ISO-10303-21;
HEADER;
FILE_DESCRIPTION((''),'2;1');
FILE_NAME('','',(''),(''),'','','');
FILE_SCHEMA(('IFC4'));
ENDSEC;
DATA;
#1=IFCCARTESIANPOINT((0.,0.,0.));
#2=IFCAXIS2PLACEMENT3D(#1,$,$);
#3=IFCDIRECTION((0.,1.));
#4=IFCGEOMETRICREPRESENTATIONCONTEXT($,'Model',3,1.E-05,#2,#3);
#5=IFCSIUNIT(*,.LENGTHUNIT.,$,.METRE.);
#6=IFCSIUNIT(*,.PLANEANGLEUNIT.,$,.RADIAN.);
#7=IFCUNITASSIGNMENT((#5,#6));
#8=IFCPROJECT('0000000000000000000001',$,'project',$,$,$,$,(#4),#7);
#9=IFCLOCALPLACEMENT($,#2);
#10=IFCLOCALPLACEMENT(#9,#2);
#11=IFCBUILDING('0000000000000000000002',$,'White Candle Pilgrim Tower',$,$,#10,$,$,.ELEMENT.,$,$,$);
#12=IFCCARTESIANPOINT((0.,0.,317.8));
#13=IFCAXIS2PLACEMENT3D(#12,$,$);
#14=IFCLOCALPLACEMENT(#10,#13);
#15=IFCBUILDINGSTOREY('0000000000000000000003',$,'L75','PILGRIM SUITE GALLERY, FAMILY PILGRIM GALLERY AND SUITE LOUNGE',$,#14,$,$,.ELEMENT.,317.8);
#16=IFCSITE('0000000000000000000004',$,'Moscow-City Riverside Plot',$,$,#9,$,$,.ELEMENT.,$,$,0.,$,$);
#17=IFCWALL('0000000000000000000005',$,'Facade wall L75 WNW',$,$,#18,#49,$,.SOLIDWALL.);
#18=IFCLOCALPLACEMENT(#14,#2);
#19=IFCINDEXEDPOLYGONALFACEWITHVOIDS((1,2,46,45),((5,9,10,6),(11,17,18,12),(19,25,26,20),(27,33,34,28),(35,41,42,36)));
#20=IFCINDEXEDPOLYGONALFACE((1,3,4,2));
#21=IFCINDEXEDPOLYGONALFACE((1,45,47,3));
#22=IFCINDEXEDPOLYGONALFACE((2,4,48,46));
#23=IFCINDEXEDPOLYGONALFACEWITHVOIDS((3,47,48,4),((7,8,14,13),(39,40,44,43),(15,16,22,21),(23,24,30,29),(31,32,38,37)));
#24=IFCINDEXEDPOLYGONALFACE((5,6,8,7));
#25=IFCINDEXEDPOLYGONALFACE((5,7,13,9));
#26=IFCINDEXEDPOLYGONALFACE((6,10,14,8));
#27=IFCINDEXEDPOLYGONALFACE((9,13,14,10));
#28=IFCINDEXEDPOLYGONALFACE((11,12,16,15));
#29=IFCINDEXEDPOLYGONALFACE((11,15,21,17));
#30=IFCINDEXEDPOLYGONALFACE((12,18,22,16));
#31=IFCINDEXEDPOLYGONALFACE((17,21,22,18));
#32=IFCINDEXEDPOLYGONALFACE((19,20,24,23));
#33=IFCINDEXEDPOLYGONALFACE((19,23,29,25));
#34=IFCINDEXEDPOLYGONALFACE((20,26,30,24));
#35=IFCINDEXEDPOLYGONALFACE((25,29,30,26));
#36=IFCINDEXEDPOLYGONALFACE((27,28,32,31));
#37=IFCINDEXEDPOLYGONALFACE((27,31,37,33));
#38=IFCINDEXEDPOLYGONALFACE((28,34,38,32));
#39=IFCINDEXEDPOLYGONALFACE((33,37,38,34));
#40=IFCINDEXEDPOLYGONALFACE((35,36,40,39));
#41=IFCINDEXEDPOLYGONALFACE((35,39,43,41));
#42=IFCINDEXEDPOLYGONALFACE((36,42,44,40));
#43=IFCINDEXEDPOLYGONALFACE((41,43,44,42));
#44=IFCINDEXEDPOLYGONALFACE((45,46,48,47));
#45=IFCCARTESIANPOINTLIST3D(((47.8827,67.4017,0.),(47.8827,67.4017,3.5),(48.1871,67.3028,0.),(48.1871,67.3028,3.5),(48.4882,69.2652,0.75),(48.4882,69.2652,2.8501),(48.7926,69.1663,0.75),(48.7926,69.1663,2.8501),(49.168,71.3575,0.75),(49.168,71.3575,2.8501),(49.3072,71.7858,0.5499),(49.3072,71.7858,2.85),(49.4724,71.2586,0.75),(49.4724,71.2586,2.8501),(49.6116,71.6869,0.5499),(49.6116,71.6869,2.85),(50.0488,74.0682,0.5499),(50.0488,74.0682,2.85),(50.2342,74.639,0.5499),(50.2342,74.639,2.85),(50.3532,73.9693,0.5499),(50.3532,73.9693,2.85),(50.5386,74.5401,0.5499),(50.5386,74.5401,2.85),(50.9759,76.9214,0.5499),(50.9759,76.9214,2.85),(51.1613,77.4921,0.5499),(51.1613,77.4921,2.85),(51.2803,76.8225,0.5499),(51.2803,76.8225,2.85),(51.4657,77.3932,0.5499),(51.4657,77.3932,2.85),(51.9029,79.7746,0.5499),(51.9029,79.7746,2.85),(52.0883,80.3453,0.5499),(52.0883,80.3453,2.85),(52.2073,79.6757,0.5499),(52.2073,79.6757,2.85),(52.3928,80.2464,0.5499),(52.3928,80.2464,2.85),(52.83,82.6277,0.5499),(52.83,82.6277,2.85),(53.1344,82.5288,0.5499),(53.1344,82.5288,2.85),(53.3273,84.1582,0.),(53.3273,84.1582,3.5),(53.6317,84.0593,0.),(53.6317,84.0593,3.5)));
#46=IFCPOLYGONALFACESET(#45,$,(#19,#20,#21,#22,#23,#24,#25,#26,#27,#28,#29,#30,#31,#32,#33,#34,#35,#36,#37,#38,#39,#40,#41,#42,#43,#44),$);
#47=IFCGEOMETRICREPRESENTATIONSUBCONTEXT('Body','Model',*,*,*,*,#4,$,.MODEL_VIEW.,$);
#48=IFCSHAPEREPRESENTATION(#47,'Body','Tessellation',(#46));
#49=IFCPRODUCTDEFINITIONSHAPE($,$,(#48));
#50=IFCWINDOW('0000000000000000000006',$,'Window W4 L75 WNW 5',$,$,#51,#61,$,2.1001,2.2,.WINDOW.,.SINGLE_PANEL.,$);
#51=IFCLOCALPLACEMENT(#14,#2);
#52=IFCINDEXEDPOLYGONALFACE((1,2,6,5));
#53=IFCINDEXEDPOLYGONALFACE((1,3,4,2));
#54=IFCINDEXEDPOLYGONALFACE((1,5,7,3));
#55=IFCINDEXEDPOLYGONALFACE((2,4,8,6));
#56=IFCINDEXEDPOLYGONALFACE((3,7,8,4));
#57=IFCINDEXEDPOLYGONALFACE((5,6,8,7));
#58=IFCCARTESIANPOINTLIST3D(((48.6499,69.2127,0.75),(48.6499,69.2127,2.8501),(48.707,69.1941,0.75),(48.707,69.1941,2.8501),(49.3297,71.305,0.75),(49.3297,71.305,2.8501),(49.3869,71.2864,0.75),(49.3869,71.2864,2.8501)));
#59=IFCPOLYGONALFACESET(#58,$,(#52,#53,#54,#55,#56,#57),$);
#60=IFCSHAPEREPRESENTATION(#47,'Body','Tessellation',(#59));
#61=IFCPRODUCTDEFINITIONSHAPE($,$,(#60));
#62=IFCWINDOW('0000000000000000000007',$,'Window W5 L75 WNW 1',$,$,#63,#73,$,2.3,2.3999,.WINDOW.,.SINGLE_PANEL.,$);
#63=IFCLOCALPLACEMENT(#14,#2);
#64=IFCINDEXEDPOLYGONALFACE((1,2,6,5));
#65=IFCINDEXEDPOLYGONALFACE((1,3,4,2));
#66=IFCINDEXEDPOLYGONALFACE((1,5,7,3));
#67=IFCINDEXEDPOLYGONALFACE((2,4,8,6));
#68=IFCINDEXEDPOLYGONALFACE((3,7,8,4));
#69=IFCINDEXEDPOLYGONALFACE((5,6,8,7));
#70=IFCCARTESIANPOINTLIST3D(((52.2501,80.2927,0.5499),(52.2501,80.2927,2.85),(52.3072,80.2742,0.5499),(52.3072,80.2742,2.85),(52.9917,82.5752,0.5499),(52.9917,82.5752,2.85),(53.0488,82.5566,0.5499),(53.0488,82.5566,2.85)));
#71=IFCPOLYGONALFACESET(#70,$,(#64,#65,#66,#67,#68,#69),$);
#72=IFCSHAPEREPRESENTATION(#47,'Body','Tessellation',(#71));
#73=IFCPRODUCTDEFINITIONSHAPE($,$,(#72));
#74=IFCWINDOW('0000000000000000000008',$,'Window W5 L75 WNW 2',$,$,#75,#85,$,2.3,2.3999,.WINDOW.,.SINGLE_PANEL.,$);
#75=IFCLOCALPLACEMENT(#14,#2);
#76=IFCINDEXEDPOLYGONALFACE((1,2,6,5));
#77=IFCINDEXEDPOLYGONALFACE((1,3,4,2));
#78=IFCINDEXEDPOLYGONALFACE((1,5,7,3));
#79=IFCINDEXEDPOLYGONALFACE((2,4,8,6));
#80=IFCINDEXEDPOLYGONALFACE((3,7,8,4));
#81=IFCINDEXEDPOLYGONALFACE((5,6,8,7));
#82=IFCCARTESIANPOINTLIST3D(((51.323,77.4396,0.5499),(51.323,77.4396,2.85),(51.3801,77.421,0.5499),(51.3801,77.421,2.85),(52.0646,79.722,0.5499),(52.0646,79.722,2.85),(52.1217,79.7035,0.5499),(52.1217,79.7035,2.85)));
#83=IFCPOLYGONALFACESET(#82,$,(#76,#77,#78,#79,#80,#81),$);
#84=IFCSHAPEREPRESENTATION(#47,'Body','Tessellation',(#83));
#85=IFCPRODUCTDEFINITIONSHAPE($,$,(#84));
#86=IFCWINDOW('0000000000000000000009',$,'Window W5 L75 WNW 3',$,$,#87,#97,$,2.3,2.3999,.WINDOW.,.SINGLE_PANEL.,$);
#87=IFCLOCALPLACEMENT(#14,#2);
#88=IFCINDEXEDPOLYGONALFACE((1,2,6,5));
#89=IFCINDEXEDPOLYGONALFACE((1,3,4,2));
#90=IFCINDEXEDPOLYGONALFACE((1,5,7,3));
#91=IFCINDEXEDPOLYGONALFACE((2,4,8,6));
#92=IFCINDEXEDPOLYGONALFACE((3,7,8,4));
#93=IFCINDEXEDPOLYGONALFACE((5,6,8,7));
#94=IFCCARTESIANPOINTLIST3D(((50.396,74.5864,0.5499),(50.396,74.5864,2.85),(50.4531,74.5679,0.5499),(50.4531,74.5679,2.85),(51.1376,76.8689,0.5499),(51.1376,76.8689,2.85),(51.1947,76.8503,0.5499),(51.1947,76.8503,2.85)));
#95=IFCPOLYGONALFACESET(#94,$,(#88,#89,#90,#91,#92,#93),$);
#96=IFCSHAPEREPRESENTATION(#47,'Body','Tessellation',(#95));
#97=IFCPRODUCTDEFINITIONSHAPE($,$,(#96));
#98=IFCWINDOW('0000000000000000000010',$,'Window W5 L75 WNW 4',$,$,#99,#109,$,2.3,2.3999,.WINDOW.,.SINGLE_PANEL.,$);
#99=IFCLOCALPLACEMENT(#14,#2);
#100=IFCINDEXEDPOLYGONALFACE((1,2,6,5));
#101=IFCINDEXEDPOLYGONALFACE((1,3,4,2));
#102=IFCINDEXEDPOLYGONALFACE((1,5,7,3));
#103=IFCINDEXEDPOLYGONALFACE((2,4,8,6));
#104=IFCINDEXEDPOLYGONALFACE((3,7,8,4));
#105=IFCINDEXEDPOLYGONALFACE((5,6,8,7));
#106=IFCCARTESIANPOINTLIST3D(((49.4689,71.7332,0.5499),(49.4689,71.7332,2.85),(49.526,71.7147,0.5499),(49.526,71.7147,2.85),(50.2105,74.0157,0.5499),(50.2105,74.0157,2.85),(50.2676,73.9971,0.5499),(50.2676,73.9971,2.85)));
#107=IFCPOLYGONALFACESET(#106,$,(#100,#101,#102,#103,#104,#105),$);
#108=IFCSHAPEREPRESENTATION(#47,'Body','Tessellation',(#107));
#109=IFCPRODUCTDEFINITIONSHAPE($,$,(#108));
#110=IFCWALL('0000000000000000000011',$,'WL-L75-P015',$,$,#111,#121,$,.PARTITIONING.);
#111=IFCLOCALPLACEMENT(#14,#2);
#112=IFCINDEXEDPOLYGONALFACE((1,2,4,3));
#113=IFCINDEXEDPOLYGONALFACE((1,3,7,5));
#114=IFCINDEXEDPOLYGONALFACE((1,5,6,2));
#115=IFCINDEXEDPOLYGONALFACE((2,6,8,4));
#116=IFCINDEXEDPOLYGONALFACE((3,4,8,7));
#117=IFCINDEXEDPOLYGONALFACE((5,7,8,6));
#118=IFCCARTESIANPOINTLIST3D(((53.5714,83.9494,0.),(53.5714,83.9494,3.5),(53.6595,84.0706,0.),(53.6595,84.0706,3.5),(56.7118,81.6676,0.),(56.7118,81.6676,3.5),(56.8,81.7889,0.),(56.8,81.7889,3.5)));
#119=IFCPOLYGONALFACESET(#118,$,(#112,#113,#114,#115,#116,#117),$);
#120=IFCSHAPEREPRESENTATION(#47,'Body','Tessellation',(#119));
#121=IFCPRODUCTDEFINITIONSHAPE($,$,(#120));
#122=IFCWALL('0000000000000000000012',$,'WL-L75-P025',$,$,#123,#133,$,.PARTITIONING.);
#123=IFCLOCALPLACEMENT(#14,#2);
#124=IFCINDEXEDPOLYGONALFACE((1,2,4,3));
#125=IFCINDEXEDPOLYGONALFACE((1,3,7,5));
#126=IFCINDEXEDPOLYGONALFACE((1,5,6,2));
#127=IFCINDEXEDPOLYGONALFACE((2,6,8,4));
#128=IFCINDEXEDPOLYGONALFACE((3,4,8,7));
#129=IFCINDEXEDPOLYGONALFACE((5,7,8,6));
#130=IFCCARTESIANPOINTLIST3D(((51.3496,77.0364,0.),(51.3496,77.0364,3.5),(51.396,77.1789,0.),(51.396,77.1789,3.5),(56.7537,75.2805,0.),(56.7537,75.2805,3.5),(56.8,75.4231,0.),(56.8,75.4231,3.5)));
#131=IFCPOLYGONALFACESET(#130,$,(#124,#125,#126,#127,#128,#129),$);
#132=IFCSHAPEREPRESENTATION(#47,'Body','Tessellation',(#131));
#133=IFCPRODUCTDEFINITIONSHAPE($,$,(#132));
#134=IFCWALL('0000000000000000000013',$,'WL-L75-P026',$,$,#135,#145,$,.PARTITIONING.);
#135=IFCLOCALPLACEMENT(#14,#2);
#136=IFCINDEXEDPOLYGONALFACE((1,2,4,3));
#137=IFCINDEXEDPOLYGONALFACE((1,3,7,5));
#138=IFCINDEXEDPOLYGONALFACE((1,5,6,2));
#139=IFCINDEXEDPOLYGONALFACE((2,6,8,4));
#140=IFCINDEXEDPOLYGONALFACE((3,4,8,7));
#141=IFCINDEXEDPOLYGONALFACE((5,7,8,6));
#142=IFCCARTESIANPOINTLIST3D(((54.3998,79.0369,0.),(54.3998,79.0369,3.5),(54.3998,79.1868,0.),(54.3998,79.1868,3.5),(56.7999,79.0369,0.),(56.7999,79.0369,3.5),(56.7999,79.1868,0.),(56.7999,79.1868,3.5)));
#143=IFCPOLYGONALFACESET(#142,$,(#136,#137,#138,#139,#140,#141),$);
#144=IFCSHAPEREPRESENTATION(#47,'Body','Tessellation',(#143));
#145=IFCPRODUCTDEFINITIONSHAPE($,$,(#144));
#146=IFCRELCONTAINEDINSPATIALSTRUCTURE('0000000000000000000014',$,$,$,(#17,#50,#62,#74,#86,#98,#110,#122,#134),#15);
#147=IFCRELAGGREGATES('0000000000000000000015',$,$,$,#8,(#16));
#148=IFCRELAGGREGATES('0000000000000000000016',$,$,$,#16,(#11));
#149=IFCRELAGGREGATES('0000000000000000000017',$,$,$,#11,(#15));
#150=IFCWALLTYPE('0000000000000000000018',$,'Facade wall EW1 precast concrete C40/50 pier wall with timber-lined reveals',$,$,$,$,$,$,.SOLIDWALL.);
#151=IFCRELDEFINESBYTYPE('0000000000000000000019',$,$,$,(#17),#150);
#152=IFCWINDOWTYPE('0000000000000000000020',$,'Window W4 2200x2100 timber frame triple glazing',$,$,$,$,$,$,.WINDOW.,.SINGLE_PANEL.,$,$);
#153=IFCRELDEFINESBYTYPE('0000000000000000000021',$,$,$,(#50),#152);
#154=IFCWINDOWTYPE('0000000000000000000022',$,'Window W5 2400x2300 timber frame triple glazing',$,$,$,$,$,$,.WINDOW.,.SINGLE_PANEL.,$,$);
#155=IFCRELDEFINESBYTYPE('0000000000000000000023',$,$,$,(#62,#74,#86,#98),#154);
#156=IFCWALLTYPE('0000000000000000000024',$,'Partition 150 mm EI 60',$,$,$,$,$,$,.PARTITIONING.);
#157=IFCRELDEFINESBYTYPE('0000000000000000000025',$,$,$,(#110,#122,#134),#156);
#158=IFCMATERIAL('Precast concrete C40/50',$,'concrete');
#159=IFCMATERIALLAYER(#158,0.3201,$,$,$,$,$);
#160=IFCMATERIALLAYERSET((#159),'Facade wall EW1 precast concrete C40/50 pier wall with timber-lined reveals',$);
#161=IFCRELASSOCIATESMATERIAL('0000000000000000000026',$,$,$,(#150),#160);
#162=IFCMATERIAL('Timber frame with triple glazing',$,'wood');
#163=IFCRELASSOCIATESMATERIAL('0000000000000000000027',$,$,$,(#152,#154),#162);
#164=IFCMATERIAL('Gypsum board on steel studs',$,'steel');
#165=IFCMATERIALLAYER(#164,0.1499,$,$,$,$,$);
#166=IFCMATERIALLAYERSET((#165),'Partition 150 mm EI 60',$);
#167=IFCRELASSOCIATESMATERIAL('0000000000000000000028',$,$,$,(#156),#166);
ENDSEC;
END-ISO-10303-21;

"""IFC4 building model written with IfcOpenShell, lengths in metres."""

from ifc_helpers import new_model, si_unit, direction, frame, frame_2d, origin, place, context, subcontext, project, spatial, rectangle, extrude, material, layer, layer_set, type_object, element, fill, save


model = new_model("IFC4")

# Units and contexts
model_context = context("Model", 3, precision=1e-05, world=origin(), true_north=direction((0.0, 1.0)))
body_context = subcontext(model_context, "Body", "Model", "MODEL_VIEW")
ifc_project = project(units=[si_unit("LENGTHUNIT", "METRE"), si_unit("PLANEANGLEUNIT", "RADIAN")], contexts=[model_context])

# Site, building, storey
site_placement = place(None, origin())
site = spatial("IfcSite", under=ifc_project, at=site_placement, Name="Moscow-City Riverside Plot", CompositionType="ELEMENT", RefElevation=0.0)
building_placement = place(site_placement, origin())
building = spatial("IfcBuilding", under=site, at=building_placement, Name="White Candle Pilgrim Tower", CompositionType="ELEMENT")
storey_placement = place(building_placement, frame((0.0, 0.0, 317.8)))
storey = spatial("IfcBuildingStorey", under=building, at=storey_placement, Name="L75", Description="PILGRIM SUITE GALLERY, FAMILY PILGRIM GALLERY AND SUITE LOUNGE", CompositionType="ELEMENT", Elevation=317.8)

# Shared definitions
ifc_material_1 = material(Name="Precast concrete C40/50", Category="concrete")
ifc_layer_1 = layer(ifc_material_1, 0.3201)
ifc_layer_set_1 = layer_set([ifc_layer_1], Name="Facade wall EW1 precast concrete C40/50 pier wall with timber-lined reveals")
wall_type_1 = type_object("IfcWallType", Name="Facade wall EW1 precast concrete C40/50 pier wall with timber-lined reveals", PredefinedType="SOLIDWALL", material=ifc_layer_set_1)
ifc_material_2 = material(Name="Timber frame with triple glazing", Category="wood")

# Wall, openings, windows
wall_1_placement = place(storey_placement, frame((53.4795, 84.1089, 0.0), z_axis=(0.0, 0.0, 1.0), x_axis=(-0.309019, -0.951056, 0.0)))
wall_1 = element("IfcWall", 1, at=wall_1_placement, inside=storey, type_object=wall_type_1, Name="Facade wall L75 WNW", PredefinedType="SOLIDWALL", context=body_context, shape_type="SweptSolid", body=[
    extrude(rectangle(XDim=17.6189, YDim=0.3201, at=frame_2d((8.8096, 0.0))), origin(), (0.0, 0.0, 1.0), 3.5),
])
opening_1_placement = place(wall_1_placement, frame((1.6094, 0.0, 0.55)))
opening_1 = element("IfcOpeningElement", 2, at=opening_1_placement, cuts=wall_1, PredefinedType="OPENING", context=body_context, shape_type="SweptSolid", body=[
    extrude(rectangle(XDim=2.3999, YDim=2.3, at=frame_2d((1.2, 1.1499))), frame((0.0, 0.1699, 0.0), z_axis=(0.0, -1.0, 0.0), x_axis=(1.0, 0.0, 0.0)), (0.0, 0.0, 1.0), 0.3401),
])
opening_2_placement = place(wall_1_placement, frame((4.6094, 0.0, 0.55)))
opening_2 = element("IfcOpeningElement", 3, at=opening_2_placement, cuts=wall_1, PredefinedType="OPENING", context=body_context, shape_type="SweptSolid", body=[
    extrude(rectangle(XDim=2.3999, YDim=2.3, at=frame_2d((1.2, 1.1499))), frame((0.0, 0.1699, 0.0), z_axis=(0.0, -1.0, 0.0), x_axis=(1.0, 0.0, 0.0)), (0.0, 0.0, 1.0), 0.3401),
])
opening_3_placement = place(wall_1_placement, frame((7.6094, 0.0, 0.55)))
opening_3 = element("IfcOpeningElement", 4, at=opening_3_placement, cuts=wall_1, PredefinedType="OPENING", context=body_context, shape_type="SweptSolid", body=[
    extrude(rectangle(XDim=2.3999, YDim=2.3, at=frame_2d((1.2, 1.1499))), frame((0.0, 0.1699, 0.0), z_axis=(0.0, -1.0, 0.0), x_axis=(1.0, 0.0, 0.0)), (0.0, 0.0, 1.0), 0.3401),
])
opening_4_placement = place(wall_1_placement, frame((10.6094, 0.0, 0.55)))
opening_4 = element("IfcOpeningElement", 5, at=opening_4_placement, cuts=wall_1, PredefinedType="OPENING", context=body_context, shape_type="SweptSolid", body=[
    extrude(rectangle(XDim=2.3999, YDim=2.3, at=frame_2d((1.2, 1.1499))), frame((0.0, 0.1699, 0.0), z_axis=(0.0, -1.0, 0.0), x_axis=(1.0, 0.0, 0.0)), (0.0, 0.0, 1.0), 0.3401),
])
opening_5_placement = place(wall_1_placement, frame((13.4595, 0.0, 0.75)))
opening_5 = element("IfcOpeningElement", 6, at=opening_5_placement, cuts=wall_1, PredefinedType="OPENING", context=body_context, shape_type="SweptSolid", body=[
    extrude(rectangle(XDim=2.2, YDim=2.1001, at=frame_2d((1.1001, 1.05))), frame((0.0, 0.1699, 0.0), z_axis=(0.0, -1.0, 0.0), x_axis=(1.0, 0.0, 0.0)), (0.0, 0.0, 1.0), 0.3401),
])
window_type_1 = type_object("IfcWindowType", Name="Window W4 2200x2100 timber frame triple glazing", PartitioningType="SINGLE_PANEL", PredefinedType="WINDOW", material=ifc_material_2)
window_1_placement = place(opening_5_placement, origin())
window_1 = element("IfcWindow", 7, at=window_1_placement, inside=storey, type_object=window_type_1, Name="Window W4 L75 WNW 5", OverallHeight=2.1001, OverallWidth=2.2, PartitioningType="SINGLE_PANEL", PredefinedType="WINDOW", context=body_context, shape_type="SweptSolid", body=[
    extrude(rectangle(XDim=2.2, YDim=2.1001, at=frame_2d((1.1001, 1.05))), frame((0.0, 0.0701, 0.0), z_axis=(0.0, -1.0, 0.0), x_axis=(1.0, 0.0, 0.0)), (0.0, 0.0, 1.0), 0.0601),
])
fill(opening_5, window_1)
window_type_2 = type_object("IfcWindowType", Name="Window W5 2400x2300 timber frame triple glazing", PartitioningType="SINGLE_PANEL", PredefinedType="WINDOW", material=ifc_material_2)
window_2_placement = place(opening_1_placement, origin())
window_2 = element("IfcWindow", 8, at=window_2_placement, inside=storey, type_object=window_type_2, Name="Window W5 L75 WNW 1", OverallHeight=2.3, OverallWidth=2.3999, PartitioningType="SINGLE_PANEL", PredefinedType="WINDOW", context=body_context, shape_type="SweptSolid", body=[
    extrude(rectangle(XDim=2.3999, YDim=2.3, at=frame_2d((1.2, 1.1499))), frame((0.0, 0.0701, 0.0), z_axis=(0.0, -1.0, 0.0), x_axis=(1.0, 0.0, 0.0)), (0.0, 0.0, 1.0), 0.0601),
])
fill(opening_1, window_2)
window_3_placement = place(opening_2_placement, origin())
window_3 = element("IfcWindow", 9, at=window_3_placement, inside=storey, type_object=window_type_2, Name="Window W5 L75 WNW 2", OverallHeight=2.3, OverallWidth=2.3999, PartitioningType="SINGLE_PANEL", PredefinedType="WINDOW", context=body_context, shape_type="SweptSolid", body=[
    extrude(rectangle(XDim=2.3999, YDim=2.3, at=frame_2d((1.2, 1.1499))), frame((0.0, 0.0701, 0.0), z_axis=(0.0, -1.0, 0.0), x_axis=(1.0, 0.0, 0.0)), (0.0, 0.0, 1.0), 0.0601),
])
fill(opening_2, window_3)
window_4_placement = place(opening_3_placement, origin())
window_4 = element("IfcWindow", 10, at=window_4_placement, inside=storey, type_object=window_type_2, Name="Window W5 L75 WNW 3", OverallHeight=2.3, OverallWidth=2.3999, PartitioningType="SINGLE_PANEL", PredefinedType="WINDOW", context=body_context, shape_type="SweptSolid", body=[
    extrude(rectangle(XDim=2.3999, YDim=2.3, at=frame_2d((1.2, 1.1499))), frame((0.0, 0.0701, 0.0), z_axis=(0.0, -1.0, 0.0), x_axis=(1.0, 0.0, 0.0)), (0.0, 0.0, 1.0), 0.0601),
])
fill(opening_3, window_4)
window_5_placement = place(opening_4_placement, origin())
window_5 = element("IfcWindow", 11, at=window_5_placement, inside=storey, type_object=window_type_2, Name="Window W5 L75 WNW 4", OverallHeight=2.3, OverallWidth=2.3999, PartitioningType="SINGLE_PANEL", PredefinedType="WINDOW", context=body_context, shape_type="SweptSolid", body=[
    extrude(rectangle(XDim=2.3999, YDim=2.3, at=frame_2d((1.2, 1.1499))), frame((0.0, 0.0701, 0.0), z_axis=(0.0, -1.0, 0.0), x_axis=(1.0, 0.0, 0.0)), (0.0, 0.0, 1.0), 0.0601),
])
fill(opening_4, window_5)

# Walls
ifc_material_3 = material(Name="Gypsum board on steel studs", Category="steel")
ifc_layer_2 = layer(ifc_material_3, 0.1499)
ifc_layer_set_2 = layer_set([ifc_layer_2], Name="Partition 150 mm EI 60")
wall_type_2 = type_object("IfcWallType", Name="Partition 150 mm EI 60", PredefinedType="PARTITIONING", material=ifc_layer_set_2)
wall_2_placement = place(storey_placement, frame((53.6155, 84.01, 0.0), z_axis=(0.0, 0.0, 1.0), x_axis=(0.809003, -0.587805, 0.0)))
element("IfcWall", 12, at=wall_2_placement, inside=storey, type_object=wall_type_2, Name="WL-L75-P015", PredefinedType="PARTITIONING", context=body_context, shape_type="SweptSolid", body=[
    extrude(rectangle(XDim=3.8818, YDim=0.1499, at=frame_2d((1.9409, 0.0))), origin(), (0.0, 0.0, 1.0), 3.5),
])
wall_3_placement = place(storey_placement, frame((51.3728, 77.1077, 0.0), z_axis=(0.0, 0.0, 1.0), x_axis=(0.951058, -0.309013, 0.0)))
element("IfcWall", 13, at=wall_3_placement, inside=storey, type_object=wall_type_2, Name="WL-L75-P025", PredefinedType="PARTITIONING", context=body_context, shape_type="SweptSolid", body=[
    extrude(rectangle(XDim=5.6821, YDim=0.1499, at=frame_2d((2.8411, 0.0))), origin(), (0.0, 0.0, 1.0), 3.5),
])
wall_4_placement = place(storey_placement, frame((56.8, 79.1118, 0.0), z_axis=(0.0, 0.0, 1.0), x_axis=(-1.0, 0.0, 0.0)))
element("IfcWall", 14, at=wall_4_placement, inside=storey, type_object=wall_type_2, Name="WL-L75-P026", PredefinedType="PARTITIONING", context=body_context, shape_type="SweptSolid", body=[
    extrude(rectangle(XDim=2.4001, YDim=0.1499, at=frame_2d((1.2002, 0.0))), origin(), (0.0, 0.0, 1.0), 3.5),
])

save(model, "model.ifc")
